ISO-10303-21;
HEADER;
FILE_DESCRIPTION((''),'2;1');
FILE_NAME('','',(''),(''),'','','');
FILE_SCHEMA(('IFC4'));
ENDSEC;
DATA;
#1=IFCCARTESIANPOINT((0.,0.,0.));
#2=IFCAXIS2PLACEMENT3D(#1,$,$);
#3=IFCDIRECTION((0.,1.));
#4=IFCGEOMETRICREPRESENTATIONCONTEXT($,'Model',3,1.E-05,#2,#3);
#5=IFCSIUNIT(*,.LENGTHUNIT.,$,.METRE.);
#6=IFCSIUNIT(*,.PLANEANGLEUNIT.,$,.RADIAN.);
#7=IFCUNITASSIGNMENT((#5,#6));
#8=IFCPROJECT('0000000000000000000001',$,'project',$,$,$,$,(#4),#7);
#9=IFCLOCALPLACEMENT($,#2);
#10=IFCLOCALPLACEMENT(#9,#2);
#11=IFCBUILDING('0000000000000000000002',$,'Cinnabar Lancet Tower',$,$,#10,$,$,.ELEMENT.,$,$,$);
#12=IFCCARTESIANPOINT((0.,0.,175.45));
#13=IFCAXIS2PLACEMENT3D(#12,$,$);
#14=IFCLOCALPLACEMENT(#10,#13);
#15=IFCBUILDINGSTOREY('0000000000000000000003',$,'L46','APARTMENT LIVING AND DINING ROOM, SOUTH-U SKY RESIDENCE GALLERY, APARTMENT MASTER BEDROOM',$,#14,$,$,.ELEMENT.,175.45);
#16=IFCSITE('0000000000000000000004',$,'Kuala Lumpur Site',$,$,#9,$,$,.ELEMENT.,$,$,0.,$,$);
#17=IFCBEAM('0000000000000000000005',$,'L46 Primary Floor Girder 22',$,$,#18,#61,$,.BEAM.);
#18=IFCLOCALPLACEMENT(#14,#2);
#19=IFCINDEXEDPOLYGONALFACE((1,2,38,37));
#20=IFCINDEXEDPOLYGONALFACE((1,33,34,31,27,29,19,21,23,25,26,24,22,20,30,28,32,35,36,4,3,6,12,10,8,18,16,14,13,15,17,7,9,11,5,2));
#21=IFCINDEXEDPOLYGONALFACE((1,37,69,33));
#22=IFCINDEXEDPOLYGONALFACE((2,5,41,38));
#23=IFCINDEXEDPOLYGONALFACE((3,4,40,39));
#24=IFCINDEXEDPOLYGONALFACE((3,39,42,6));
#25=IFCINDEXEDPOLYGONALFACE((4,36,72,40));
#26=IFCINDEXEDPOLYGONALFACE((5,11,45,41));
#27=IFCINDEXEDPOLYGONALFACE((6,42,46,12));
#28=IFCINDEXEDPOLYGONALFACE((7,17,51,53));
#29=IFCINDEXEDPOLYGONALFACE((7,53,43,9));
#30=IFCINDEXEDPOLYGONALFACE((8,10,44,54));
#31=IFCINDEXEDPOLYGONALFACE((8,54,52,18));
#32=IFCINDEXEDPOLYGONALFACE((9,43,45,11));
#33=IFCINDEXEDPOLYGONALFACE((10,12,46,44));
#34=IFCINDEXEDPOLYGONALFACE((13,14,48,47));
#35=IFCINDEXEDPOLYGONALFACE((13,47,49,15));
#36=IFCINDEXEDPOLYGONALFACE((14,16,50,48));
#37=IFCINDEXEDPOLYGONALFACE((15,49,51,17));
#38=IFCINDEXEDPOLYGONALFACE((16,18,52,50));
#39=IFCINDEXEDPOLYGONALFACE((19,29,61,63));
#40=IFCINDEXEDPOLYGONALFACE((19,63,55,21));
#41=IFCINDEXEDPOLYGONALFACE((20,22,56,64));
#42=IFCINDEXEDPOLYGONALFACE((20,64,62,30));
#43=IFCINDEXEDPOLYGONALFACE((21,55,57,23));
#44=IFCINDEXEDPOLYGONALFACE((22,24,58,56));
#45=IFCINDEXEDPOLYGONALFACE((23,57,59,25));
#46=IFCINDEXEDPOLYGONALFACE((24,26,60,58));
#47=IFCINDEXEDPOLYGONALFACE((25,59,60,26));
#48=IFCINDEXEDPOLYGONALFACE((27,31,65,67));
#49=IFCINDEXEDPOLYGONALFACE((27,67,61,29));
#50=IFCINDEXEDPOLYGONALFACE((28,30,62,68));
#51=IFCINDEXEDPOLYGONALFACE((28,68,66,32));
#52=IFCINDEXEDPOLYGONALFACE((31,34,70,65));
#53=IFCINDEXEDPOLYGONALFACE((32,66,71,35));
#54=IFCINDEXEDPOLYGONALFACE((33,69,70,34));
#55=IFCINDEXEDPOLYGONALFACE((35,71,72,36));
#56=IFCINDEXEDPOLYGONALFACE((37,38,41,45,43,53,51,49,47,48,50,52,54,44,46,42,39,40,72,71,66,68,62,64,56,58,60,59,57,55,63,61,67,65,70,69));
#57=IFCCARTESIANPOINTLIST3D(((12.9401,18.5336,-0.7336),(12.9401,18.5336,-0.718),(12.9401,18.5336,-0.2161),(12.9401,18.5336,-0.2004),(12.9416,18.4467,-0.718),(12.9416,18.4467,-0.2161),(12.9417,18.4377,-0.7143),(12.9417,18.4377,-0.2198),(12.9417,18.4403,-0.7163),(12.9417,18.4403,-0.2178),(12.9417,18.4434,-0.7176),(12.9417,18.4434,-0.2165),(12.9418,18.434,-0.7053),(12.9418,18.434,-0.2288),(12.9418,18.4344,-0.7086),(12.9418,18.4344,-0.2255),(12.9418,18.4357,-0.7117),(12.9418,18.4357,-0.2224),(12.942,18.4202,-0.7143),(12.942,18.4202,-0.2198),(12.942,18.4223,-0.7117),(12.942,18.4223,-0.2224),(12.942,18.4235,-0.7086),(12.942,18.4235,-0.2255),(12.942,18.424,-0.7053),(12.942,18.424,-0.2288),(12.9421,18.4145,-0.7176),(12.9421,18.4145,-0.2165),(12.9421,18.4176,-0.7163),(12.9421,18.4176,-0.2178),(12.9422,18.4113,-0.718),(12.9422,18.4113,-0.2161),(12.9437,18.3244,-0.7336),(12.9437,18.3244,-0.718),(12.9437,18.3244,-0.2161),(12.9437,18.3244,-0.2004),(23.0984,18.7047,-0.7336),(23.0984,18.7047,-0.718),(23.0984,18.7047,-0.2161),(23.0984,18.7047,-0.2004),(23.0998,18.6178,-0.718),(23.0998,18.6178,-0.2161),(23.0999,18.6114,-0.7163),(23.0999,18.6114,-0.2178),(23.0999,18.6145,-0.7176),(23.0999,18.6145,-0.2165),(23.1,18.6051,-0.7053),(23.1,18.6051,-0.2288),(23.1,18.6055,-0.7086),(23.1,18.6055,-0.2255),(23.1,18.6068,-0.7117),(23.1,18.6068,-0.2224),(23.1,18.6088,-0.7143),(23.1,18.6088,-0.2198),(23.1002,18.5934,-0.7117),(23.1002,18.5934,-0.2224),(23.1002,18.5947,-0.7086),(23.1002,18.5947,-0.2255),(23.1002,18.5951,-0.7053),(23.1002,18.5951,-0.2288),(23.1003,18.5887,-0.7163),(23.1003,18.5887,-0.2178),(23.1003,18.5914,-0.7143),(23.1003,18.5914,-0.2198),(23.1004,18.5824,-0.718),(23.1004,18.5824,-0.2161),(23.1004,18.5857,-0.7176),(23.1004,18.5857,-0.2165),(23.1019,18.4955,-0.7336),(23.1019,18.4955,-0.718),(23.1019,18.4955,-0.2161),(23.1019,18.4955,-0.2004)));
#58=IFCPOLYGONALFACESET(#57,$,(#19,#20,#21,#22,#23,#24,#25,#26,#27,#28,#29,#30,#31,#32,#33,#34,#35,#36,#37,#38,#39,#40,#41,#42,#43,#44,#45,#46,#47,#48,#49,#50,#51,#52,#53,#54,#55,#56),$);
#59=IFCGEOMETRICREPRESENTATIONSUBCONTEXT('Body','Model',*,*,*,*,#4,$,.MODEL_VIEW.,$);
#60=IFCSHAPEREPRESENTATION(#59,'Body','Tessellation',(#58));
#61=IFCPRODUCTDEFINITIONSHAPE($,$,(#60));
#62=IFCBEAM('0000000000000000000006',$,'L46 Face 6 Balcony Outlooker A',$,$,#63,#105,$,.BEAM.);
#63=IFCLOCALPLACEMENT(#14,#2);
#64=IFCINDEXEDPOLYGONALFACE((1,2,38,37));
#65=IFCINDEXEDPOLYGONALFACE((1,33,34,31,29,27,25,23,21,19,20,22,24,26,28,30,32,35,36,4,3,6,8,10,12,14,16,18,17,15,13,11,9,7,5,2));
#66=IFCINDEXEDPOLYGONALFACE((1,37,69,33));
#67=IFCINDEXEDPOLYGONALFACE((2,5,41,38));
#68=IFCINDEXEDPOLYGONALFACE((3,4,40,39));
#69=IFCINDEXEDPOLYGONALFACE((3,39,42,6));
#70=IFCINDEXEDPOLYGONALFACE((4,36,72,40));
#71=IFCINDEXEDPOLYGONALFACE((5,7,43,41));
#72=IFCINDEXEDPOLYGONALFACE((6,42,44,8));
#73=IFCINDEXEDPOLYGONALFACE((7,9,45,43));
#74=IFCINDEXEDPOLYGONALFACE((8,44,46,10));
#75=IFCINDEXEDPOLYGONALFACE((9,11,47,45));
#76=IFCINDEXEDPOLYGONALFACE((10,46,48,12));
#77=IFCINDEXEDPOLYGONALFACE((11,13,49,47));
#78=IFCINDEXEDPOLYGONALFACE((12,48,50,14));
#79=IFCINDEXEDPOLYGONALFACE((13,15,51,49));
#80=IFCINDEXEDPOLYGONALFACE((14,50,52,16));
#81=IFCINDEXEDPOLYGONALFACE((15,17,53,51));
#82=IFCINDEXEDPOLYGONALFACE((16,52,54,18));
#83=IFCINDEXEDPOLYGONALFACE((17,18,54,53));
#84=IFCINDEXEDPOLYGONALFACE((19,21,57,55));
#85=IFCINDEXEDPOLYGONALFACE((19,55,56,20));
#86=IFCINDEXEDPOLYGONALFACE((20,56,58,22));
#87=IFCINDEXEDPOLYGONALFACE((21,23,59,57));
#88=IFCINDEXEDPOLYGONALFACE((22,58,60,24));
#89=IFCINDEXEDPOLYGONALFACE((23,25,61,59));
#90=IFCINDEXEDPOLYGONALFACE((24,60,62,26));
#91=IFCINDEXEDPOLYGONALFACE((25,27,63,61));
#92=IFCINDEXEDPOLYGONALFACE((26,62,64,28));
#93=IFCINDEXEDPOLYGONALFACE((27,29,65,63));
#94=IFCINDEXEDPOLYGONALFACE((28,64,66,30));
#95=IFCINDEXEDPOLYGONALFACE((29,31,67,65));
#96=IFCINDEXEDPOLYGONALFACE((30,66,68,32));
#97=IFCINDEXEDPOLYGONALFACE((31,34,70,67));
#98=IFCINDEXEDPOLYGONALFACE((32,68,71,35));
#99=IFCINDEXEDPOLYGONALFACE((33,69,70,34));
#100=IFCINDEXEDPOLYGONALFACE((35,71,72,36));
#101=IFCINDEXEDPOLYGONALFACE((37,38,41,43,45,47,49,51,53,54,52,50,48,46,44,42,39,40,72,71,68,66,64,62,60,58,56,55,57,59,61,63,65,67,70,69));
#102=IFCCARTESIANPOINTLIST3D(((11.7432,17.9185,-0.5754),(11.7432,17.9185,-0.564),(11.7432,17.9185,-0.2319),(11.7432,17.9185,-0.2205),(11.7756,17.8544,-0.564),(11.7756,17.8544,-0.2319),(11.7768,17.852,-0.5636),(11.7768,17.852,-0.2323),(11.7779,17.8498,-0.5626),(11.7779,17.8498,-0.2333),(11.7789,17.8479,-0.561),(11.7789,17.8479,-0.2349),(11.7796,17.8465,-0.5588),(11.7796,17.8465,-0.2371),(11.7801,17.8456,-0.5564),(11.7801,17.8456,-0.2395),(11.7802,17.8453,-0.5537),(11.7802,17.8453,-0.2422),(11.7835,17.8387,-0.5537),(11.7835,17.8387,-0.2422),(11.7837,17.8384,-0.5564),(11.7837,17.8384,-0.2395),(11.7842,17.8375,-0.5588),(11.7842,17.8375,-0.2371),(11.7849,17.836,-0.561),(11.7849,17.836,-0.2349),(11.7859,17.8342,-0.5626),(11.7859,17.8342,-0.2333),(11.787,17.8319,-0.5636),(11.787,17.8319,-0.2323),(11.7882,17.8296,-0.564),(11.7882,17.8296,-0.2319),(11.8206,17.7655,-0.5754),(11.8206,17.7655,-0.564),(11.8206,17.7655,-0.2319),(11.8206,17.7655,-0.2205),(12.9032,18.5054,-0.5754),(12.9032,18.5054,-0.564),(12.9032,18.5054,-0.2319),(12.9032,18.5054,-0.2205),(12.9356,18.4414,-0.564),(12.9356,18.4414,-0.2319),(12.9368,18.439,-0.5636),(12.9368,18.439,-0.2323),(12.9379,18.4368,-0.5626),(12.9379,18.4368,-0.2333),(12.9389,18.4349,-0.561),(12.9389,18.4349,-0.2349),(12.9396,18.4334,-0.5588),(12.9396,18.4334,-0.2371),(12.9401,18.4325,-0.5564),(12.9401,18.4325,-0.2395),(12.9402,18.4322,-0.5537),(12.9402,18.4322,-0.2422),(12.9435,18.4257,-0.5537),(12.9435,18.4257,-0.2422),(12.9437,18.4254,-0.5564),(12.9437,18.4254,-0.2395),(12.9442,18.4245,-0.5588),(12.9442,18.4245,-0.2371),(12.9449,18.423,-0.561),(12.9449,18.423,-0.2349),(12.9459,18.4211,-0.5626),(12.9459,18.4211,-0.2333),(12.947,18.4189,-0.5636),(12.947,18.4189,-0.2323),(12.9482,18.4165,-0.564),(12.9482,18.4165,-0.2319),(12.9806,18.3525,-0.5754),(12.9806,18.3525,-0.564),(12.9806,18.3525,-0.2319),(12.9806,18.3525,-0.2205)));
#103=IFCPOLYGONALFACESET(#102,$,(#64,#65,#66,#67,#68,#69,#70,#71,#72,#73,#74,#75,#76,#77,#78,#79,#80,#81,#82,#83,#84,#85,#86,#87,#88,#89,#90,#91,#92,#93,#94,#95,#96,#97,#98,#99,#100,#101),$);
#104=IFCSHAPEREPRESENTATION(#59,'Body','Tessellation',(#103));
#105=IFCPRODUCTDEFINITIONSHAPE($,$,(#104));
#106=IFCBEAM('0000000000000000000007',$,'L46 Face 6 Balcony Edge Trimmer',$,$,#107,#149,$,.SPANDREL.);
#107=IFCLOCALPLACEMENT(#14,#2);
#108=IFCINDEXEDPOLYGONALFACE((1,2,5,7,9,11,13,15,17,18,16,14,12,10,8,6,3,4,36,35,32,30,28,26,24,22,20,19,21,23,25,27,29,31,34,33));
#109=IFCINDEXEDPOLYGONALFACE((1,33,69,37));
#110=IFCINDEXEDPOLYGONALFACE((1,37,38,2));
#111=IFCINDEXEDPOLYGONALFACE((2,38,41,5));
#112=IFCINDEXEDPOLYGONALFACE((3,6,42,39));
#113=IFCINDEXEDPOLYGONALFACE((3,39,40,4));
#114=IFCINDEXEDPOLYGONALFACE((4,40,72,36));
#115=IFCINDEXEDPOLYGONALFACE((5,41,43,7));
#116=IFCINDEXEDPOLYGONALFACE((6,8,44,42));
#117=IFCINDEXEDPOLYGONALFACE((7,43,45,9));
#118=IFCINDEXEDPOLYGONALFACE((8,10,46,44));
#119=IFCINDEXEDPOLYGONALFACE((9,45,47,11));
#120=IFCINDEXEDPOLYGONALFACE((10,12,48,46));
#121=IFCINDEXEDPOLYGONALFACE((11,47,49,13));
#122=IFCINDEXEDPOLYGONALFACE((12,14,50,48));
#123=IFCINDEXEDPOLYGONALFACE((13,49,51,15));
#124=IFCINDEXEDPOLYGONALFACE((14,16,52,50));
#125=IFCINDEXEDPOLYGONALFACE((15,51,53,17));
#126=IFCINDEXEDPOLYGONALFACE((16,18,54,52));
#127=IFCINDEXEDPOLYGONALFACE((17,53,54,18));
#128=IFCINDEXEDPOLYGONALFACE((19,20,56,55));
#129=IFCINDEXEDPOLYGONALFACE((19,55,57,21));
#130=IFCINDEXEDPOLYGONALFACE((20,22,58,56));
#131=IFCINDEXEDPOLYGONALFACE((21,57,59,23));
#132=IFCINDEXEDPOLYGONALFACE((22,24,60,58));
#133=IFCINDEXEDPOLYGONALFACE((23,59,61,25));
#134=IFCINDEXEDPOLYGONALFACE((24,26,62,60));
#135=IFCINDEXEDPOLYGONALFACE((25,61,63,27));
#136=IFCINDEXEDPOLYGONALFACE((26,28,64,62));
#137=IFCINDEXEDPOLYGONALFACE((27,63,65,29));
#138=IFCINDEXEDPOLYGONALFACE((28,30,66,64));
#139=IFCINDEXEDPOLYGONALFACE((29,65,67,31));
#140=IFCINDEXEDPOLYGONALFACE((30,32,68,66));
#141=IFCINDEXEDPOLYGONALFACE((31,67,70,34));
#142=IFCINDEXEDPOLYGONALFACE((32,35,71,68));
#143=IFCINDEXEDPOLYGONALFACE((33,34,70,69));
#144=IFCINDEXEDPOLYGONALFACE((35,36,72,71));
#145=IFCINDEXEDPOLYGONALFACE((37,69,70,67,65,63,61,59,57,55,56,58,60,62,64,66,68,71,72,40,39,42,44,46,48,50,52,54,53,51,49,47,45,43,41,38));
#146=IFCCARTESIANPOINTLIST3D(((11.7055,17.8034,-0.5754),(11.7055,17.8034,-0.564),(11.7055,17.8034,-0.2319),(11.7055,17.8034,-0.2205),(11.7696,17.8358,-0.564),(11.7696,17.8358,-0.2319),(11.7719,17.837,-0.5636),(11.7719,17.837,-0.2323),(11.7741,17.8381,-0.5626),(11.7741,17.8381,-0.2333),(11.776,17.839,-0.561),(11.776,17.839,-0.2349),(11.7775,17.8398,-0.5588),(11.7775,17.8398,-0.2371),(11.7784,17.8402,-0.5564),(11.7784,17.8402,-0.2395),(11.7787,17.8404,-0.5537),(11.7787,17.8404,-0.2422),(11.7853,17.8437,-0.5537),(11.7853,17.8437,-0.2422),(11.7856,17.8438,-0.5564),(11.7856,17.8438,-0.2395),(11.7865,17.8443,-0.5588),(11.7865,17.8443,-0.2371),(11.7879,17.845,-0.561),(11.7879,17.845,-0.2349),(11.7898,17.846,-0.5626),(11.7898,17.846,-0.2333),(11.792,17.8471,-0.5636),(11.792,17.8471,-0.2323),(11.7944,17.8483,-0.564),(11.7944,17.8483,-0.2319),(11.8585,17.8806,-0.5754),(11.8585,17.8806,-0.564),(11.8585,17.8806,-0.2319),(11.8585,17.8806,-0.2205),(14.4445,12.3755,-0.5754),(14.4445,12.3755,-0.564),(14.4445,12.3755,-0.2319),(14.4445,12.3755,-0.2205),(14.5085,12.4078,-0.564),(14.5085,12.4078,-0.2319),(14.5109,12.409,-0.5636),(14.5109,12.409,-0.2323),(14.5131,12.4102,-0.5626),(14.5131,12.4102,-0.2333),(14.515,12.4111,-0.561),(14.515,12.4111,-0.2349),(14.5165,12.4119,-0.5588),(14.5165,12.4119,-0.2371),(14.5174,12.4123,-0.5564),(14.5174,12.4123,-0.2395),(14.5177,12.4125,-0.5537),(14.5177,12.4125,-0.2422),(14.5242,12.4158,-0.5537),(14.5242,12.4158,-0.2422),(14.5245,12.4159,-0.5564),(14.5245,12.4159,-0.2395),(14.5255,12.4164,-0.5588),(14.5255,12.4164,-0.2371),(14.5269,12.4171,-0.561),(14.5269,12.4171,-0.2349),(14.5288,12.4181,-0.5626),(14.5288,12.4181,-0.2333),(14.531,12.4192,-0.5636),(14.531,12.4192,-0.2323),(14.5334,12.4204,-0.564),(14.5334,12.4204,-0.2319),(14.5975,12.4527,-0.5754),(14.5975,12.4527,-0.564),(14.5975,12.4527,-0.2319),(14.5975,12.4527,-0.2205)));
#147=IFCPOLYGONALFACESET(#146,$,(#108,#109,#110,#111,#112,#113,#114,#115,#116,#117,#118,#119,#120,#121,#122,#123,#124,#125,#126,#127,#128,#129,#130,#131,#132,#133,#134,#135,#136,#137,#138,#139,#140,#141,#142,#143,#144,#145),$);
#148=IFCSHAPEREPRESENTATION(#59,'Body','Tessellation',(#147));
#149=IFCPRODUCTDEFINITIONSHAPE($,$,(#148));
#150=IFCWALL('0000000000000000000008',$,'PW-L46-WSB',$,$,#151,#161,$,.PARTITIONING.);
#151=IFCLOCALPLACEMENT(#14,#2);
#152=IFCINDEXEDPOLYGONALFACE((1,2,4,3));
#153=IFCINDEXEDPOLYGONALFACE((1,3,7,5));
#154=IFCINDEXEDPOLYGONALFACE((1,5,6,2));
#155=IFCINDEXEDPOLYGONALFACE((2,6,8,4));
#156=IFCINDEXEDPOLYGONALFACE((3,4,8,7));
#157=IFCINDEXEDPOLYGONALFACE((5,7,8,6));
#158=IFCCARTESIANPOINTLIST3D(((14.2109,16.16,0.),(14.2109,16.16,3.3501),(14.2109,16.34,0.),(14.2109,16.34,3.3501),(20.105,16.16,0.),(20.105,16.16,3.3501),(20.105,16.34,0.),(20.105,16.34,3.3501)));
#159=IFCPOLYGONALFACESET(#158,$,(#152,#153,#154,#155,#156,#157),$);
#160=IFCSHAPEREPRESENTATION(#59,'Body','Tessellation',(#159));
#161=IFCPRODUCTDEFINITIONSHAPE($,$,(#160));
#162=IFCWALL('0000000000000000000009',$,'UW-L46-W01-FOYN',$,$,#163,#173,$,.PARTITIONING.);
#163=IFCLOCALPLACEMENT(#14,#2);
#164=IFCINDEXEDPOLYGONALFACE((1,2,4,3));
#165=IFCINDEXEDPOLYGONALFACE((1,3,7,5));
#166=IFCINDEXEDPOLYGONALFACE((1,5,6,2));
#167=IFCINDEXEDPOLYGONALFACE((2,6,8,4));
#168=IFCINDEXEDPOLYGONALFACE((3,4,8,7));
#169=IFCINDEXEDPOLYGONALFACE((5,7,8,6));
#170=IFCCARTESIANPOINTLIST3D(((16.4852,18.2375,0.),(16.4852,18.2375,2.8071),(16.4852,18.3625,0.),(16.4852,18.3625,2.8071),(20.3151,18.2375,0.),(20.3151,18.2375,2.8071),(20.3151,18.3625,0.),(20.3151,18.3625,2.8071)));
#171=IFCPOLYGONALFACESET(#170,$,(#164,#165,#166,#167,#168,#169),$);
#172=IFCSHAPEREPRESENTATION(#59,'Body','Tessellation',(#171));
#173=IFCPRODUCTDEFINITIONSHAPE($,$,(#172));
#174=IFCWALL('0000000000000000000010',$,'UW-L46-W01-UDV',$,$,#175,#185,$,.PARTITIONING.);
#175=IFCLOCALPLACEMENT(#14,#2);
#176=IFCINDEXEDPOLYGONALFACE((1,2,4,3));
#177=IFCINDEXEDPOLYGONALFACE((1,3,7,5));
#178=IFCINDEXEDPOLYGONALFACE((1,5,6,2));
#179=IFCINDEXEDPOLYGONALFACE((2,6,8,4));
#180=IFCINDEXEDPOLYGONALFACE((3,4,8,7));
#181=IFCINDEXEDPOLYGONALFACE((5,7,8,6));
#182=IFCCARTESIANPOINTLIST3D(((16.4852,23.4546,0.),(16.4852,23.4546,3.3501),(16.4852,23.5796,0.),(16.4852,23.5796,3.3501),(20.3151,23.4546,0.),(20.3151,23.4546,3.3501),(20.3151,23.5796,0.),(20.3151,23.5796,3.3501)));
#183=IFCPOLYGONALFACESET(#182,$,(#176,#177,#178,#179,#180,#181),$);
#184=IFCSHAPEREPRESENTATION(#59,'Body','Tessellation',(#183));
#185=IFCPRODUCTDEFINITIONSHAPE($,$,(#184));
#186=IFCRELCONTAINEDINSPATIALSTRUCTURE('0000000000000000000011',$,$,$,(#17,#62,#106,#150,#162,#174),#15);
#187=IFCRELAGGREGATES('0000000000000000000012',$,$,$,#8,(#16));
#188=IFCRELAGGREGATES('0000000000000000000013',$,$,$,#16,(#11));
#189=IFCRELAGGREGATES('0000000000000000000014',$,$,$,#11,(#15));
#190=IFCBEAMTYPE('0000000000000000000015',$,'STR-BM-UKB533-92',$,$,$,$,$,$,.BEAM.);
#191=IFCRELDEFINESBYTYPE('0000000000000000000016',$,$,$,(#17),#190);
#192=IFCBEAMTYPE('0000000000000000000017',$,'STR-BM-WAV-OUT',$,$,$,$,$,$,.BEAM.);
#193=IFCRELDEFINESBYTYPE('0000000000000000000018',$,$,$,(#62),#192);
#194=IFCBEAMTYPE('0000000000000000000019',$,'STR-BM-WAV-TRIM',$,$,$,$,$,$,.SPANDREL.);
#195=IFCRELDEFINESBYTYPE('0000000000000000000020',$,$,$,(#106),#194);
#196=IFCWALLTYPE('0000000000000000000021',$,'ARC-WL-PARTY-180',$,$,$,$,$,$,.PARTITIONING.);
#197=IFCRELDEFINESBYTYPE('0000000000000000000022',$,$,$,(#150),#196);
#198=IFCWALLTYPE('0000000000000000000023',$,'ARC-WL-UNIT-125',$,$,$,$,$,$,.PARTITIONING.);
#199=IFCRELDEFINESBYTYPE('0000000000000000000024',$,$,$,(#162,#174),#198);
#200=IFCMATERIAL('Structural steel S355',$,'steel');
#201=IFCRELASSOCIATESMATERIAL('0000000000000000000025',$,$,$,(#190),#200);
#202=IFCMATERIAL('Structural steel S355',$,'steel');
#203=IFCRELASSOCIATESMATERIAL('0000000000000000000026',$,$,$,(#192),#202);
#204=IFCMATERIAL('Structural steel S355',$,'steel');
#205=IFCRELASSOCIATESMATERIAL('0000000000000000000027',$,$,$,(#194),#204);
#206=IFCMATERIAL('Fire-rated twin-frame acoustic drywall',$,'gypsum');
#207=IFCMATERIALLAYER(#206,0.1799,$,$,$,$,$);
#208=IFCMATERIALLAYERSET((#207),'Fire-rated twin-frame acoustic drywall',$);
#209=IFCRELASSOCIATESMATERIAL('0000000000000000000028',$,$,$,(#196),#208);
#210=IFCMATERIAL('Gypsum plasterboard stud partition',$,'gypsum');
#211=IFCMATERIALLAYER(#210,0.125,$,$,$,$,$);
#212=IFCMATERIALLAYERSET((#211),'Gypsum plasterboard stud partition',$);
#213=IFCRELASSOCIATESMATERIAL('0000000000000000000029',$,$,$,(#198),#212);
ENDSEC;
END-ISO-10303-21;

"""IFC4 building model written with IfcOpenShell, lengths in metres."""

from ifc_helpers import new_model, si_unit, direction, frame, frame_2d, origin, origin_2d, place, context, subcontext, project, spatial, rectangle, i_section, extrude, material, layer, layer_set, material_profile, profile_set, type_object, element, save


model = new_model("IFC4")

# Units and contexts
model_context = context("Model", 3, precision=1e-05, world=origin(), true_north=direction((0.0, 1.0)))
body_context = subcontext(model_context, "Body", "Model", "MODEL_VIEW")
ifc_project = project(units=[si_unit("LENGTHUNIT", "METRE"), si_unit("PLANEANGLEUNIT", "RADIAN")], contexts=[model_context])

# Site, building, storey
site_placement = place(None, origin())
site = spatial("IfcSite", under=ifc_project, at=site_placement, Name="Kuala Lumpur Site", CompositionType="ELEMENT", RefElevation=0.0)
building_placement = place(site_placement, origin())
building = spatial("IfcBuilding", under=site, at=building_placement, Name="Cinnabar Lancet Tower", CompositionType="ELEMENT")
storey_placement = place(building_placement, frame((0.0, 0.0, 175.45)))
storey = spatial("IfcBuildingStorey", under=building, at=storey_placement, Name="L46", Description="APARTMENT LIVING AND DINING ROOM, SOUTH-U SKY RESIDENCE GALLERY, APARTMENT MASTER BEDROOM", CompositionType="ELEMENT", Elevation=175.45)

# Beams
ifc_material_1 = material(Name="Structural steel S355", Category="steel")
ifc_material_profile_1 = material_profile(ifc_material_1, i_section(OverallWidth=0.2092, OverallDepth=0.5332, WebThickness=0.01, FlangeThickness=0.0156, FilletRadius=0.0127, at=origin_2d()), Name="UKB 533x210x92")
ifc_profile_set_1 = profile_set([ifc_material_profile_1], Name="Structural steel S355")
beam_type_1 = type_object("IfcBeamType", Name="STR-BM-UKB533-92", PredefinedType="BEAM", material=ifc_profile_set_1)
beam_1_placement = place(storey_placement, frame((12.9419, 18.429, -0.467), z_axis=(0.999858, 0.016845, 0.0), x_axis=(-0.016845, 0.999858, 0.0)))
element("IfcBeam", 1, at=beam_1_placement, inside=storey, type_object=beam_type_1, Name="L46 Primary Floor Girder 22", PredefinedType="BEAM", context=body_context, shape_type="SweptSolid", body=[
    extrude(i_section(OverallWidth=0.2092, OverallDepth=0.5332, WebThickness=0.01, FlangeThickness=0.0156, FilletRadius=0.0127, at=origin_2d()), origin(), (0.0, 0.0, 1.0), 10.1597),
])
ifc_material_2 = material(Name="Structural steel S355", Category="steel")
ifc_material_profile_2 = material_profile(ifc_material_2, i_section(OverallWidth=0.1714, OverallDepth=0.355, WebThickness=0.0073, FlangeThickness=0.0115, FilletRadius=0.0103, at=origin_2d()), Name="UKB 356x171x51")
ifc_profile_set_2 = profile_set([ifc_material_profile_2], Name="Structural steel S355")
beam_type_2 = type_object("IfcBeamType", Name="STR-BM-WAV-OUT", PredefinedType="BEAM", material=ifc_profile_set_2)
beam_2_placement = place(storey_placement, frame((12.9419, 18.429, -0.3979), z_axis=(-0.892276, -0.45149, 0.0), x_axis=(0.45149, -0.892276, 0.0)))
element("IfcBeam", 2, at=beam_2_placement, inside=storey, type_object=beam_type_2, Name="L46 Face 6 Balcony Outlooker A", PredefinedType="BEAM", context=body_context, shape_type="SweptSolid", body=[
    extrude(i_section(OverallWidth=0.1714, OverallDepth=0.355, WebThickness=0.0073, FlangeThickness=0.0115, FilletRadius=0.0103, at=origin_2d()), origin(), (0.0, 0.0, 1.0), 1.3),
])
ifc_material_3 = material(Name="Structural steel S355", Category="steel")
ifc_material_profile_3 = material_profile(ifc_material_3, i_section(OverallWidth=0.1714, OverallDepth=0.355, WebThickness=0.0073, FlangeThickness=0.0115, FilletRadius=0.0103, at=origin_2d()), Name="UKB 356x171x51")
ifc_profile_set_3 = profile_set([ifc_material_profile_3], Name="Structural steel S355")
beam_type_3 = type_object("IfcBeamType", Name="STR-BM-WAV-TRIM", PredefinedType="SPANDREL", material=ifc_profile_set_3)
beam_3_placement = place(storey_placement, frame((11.782, 17.842, -0.3979), z_axis=(0.450503, -0.892775, 0.0), x_axis=(0.892775, 0.450503, 0.0)))
element("IfcBeam", 3, at=beam_3_placement, inside=storey, type_object=beam_type_3, Name="L46 Face 6 Balcony Edge Trimmer", PredefinedType="SPANDREL", context=body_context, shape_type="SweptSolid", body=[
    extrude(i_section(OverallWidth=0.1714, OverallDepth=0.355, WebThickness=0.0073, FlangeThickness=0.0115, FilletRadius=0.0103, at=origin_2d()), origin(), (0.0, 0.0, 1.0), 6.0798),
])

# Walls
ifc_material_4 = material(Name="Fire-rated twin-frame acoustic drywall", Category="gypsum")
ifc_layer_1 = layer(ifc_material_4, 0.1799)
ifc_layer_set_1 = layer_set([ifc_layer_1], Name="Fire-rated twin-frame acoustic drywall")
wall_type_1 = type_object("IfcWallType", Name="ARC-WL-PARTY-180", PredefinedType="PARTITIONING", material=ifc_layer_set_1)
wall_1_placement = place(storey_placement, frame((14.2109, 16.25, 0.0), z_axis=(0.0, 0.0, 1.0), x_axis=(1.0, 0.0, 0.0)))
element("IfcWall", 4, at=wall_1_placement, inside=storey, type_object=wall_type_1, Name="PW-L46-WSB", PredefinedType="PARTITIONING", context=body_context, shape_type="SweptSolid", body=[
    extrude(rectangle(XDim=5.894, YDim=0.1799, at=frame_2d((2.947, 0.0))), origin(), (0.0, 0.0, 1.0), 3.3501),
])
ifc_material_5 = material(Name="Gypsum plasterboard stud partition", Category="gypsum")
ifc_layer_2 = layer(ifc_material_5, 0.125)
ifc_layer_set_2 = layer_set([ifc_layer_2], Name="Gypsum plasterboard stud partition")
wall_type_2 = type_object("IfcWallType", Name="ARC-WL-UNIT-125", PredefinedType="PARTITIONING", material=ifc_layer_set_2)
wall_2_placement = place(storey_placement, frame((16.4851, 18.3, 0.0), z_axis=(0.0, 0.0, 1.0), x_axis=(1.0, 0.0, 0.0)))
element("IfcWall", 5, at=wall_2_placement, inside=storey, type_object=wall_type_2, Name="UW-L46-W01-FOYN", PredefinedType="PARTITIONING", context=body_context, shape_type="SweptSolid", body=[
    extrude(rectangle(XDim=3.8298, YDim=0.125, at=frame_2d((1.915, 0.0))), origin(), (0.0, 0.0, 1.0), 2.8071),
])
wall_3_placement = place(storey_placement, frame((16.4851, 23.5171, 0.0), z_axis=(0.0, 0.0, 1.0), x_axis=(1.0, 0.0, 0.0)))
element("IfcWall", 6, at=wall_3_placement, inside=storey, type_object=wall_type_2, Name="UW-L46-W01-UDV", PredefinedType="PARTITIONING", context=body_context, shape_type="SweptSolid", body=[
    extrude(rectangle(XDim=3.8298, YDim=0.125, at=frame_2d((1.915, 0.0))), origin(), (0.0, 0.0, 1.0), 3.3501),
])

save(model, "model.ifc")
